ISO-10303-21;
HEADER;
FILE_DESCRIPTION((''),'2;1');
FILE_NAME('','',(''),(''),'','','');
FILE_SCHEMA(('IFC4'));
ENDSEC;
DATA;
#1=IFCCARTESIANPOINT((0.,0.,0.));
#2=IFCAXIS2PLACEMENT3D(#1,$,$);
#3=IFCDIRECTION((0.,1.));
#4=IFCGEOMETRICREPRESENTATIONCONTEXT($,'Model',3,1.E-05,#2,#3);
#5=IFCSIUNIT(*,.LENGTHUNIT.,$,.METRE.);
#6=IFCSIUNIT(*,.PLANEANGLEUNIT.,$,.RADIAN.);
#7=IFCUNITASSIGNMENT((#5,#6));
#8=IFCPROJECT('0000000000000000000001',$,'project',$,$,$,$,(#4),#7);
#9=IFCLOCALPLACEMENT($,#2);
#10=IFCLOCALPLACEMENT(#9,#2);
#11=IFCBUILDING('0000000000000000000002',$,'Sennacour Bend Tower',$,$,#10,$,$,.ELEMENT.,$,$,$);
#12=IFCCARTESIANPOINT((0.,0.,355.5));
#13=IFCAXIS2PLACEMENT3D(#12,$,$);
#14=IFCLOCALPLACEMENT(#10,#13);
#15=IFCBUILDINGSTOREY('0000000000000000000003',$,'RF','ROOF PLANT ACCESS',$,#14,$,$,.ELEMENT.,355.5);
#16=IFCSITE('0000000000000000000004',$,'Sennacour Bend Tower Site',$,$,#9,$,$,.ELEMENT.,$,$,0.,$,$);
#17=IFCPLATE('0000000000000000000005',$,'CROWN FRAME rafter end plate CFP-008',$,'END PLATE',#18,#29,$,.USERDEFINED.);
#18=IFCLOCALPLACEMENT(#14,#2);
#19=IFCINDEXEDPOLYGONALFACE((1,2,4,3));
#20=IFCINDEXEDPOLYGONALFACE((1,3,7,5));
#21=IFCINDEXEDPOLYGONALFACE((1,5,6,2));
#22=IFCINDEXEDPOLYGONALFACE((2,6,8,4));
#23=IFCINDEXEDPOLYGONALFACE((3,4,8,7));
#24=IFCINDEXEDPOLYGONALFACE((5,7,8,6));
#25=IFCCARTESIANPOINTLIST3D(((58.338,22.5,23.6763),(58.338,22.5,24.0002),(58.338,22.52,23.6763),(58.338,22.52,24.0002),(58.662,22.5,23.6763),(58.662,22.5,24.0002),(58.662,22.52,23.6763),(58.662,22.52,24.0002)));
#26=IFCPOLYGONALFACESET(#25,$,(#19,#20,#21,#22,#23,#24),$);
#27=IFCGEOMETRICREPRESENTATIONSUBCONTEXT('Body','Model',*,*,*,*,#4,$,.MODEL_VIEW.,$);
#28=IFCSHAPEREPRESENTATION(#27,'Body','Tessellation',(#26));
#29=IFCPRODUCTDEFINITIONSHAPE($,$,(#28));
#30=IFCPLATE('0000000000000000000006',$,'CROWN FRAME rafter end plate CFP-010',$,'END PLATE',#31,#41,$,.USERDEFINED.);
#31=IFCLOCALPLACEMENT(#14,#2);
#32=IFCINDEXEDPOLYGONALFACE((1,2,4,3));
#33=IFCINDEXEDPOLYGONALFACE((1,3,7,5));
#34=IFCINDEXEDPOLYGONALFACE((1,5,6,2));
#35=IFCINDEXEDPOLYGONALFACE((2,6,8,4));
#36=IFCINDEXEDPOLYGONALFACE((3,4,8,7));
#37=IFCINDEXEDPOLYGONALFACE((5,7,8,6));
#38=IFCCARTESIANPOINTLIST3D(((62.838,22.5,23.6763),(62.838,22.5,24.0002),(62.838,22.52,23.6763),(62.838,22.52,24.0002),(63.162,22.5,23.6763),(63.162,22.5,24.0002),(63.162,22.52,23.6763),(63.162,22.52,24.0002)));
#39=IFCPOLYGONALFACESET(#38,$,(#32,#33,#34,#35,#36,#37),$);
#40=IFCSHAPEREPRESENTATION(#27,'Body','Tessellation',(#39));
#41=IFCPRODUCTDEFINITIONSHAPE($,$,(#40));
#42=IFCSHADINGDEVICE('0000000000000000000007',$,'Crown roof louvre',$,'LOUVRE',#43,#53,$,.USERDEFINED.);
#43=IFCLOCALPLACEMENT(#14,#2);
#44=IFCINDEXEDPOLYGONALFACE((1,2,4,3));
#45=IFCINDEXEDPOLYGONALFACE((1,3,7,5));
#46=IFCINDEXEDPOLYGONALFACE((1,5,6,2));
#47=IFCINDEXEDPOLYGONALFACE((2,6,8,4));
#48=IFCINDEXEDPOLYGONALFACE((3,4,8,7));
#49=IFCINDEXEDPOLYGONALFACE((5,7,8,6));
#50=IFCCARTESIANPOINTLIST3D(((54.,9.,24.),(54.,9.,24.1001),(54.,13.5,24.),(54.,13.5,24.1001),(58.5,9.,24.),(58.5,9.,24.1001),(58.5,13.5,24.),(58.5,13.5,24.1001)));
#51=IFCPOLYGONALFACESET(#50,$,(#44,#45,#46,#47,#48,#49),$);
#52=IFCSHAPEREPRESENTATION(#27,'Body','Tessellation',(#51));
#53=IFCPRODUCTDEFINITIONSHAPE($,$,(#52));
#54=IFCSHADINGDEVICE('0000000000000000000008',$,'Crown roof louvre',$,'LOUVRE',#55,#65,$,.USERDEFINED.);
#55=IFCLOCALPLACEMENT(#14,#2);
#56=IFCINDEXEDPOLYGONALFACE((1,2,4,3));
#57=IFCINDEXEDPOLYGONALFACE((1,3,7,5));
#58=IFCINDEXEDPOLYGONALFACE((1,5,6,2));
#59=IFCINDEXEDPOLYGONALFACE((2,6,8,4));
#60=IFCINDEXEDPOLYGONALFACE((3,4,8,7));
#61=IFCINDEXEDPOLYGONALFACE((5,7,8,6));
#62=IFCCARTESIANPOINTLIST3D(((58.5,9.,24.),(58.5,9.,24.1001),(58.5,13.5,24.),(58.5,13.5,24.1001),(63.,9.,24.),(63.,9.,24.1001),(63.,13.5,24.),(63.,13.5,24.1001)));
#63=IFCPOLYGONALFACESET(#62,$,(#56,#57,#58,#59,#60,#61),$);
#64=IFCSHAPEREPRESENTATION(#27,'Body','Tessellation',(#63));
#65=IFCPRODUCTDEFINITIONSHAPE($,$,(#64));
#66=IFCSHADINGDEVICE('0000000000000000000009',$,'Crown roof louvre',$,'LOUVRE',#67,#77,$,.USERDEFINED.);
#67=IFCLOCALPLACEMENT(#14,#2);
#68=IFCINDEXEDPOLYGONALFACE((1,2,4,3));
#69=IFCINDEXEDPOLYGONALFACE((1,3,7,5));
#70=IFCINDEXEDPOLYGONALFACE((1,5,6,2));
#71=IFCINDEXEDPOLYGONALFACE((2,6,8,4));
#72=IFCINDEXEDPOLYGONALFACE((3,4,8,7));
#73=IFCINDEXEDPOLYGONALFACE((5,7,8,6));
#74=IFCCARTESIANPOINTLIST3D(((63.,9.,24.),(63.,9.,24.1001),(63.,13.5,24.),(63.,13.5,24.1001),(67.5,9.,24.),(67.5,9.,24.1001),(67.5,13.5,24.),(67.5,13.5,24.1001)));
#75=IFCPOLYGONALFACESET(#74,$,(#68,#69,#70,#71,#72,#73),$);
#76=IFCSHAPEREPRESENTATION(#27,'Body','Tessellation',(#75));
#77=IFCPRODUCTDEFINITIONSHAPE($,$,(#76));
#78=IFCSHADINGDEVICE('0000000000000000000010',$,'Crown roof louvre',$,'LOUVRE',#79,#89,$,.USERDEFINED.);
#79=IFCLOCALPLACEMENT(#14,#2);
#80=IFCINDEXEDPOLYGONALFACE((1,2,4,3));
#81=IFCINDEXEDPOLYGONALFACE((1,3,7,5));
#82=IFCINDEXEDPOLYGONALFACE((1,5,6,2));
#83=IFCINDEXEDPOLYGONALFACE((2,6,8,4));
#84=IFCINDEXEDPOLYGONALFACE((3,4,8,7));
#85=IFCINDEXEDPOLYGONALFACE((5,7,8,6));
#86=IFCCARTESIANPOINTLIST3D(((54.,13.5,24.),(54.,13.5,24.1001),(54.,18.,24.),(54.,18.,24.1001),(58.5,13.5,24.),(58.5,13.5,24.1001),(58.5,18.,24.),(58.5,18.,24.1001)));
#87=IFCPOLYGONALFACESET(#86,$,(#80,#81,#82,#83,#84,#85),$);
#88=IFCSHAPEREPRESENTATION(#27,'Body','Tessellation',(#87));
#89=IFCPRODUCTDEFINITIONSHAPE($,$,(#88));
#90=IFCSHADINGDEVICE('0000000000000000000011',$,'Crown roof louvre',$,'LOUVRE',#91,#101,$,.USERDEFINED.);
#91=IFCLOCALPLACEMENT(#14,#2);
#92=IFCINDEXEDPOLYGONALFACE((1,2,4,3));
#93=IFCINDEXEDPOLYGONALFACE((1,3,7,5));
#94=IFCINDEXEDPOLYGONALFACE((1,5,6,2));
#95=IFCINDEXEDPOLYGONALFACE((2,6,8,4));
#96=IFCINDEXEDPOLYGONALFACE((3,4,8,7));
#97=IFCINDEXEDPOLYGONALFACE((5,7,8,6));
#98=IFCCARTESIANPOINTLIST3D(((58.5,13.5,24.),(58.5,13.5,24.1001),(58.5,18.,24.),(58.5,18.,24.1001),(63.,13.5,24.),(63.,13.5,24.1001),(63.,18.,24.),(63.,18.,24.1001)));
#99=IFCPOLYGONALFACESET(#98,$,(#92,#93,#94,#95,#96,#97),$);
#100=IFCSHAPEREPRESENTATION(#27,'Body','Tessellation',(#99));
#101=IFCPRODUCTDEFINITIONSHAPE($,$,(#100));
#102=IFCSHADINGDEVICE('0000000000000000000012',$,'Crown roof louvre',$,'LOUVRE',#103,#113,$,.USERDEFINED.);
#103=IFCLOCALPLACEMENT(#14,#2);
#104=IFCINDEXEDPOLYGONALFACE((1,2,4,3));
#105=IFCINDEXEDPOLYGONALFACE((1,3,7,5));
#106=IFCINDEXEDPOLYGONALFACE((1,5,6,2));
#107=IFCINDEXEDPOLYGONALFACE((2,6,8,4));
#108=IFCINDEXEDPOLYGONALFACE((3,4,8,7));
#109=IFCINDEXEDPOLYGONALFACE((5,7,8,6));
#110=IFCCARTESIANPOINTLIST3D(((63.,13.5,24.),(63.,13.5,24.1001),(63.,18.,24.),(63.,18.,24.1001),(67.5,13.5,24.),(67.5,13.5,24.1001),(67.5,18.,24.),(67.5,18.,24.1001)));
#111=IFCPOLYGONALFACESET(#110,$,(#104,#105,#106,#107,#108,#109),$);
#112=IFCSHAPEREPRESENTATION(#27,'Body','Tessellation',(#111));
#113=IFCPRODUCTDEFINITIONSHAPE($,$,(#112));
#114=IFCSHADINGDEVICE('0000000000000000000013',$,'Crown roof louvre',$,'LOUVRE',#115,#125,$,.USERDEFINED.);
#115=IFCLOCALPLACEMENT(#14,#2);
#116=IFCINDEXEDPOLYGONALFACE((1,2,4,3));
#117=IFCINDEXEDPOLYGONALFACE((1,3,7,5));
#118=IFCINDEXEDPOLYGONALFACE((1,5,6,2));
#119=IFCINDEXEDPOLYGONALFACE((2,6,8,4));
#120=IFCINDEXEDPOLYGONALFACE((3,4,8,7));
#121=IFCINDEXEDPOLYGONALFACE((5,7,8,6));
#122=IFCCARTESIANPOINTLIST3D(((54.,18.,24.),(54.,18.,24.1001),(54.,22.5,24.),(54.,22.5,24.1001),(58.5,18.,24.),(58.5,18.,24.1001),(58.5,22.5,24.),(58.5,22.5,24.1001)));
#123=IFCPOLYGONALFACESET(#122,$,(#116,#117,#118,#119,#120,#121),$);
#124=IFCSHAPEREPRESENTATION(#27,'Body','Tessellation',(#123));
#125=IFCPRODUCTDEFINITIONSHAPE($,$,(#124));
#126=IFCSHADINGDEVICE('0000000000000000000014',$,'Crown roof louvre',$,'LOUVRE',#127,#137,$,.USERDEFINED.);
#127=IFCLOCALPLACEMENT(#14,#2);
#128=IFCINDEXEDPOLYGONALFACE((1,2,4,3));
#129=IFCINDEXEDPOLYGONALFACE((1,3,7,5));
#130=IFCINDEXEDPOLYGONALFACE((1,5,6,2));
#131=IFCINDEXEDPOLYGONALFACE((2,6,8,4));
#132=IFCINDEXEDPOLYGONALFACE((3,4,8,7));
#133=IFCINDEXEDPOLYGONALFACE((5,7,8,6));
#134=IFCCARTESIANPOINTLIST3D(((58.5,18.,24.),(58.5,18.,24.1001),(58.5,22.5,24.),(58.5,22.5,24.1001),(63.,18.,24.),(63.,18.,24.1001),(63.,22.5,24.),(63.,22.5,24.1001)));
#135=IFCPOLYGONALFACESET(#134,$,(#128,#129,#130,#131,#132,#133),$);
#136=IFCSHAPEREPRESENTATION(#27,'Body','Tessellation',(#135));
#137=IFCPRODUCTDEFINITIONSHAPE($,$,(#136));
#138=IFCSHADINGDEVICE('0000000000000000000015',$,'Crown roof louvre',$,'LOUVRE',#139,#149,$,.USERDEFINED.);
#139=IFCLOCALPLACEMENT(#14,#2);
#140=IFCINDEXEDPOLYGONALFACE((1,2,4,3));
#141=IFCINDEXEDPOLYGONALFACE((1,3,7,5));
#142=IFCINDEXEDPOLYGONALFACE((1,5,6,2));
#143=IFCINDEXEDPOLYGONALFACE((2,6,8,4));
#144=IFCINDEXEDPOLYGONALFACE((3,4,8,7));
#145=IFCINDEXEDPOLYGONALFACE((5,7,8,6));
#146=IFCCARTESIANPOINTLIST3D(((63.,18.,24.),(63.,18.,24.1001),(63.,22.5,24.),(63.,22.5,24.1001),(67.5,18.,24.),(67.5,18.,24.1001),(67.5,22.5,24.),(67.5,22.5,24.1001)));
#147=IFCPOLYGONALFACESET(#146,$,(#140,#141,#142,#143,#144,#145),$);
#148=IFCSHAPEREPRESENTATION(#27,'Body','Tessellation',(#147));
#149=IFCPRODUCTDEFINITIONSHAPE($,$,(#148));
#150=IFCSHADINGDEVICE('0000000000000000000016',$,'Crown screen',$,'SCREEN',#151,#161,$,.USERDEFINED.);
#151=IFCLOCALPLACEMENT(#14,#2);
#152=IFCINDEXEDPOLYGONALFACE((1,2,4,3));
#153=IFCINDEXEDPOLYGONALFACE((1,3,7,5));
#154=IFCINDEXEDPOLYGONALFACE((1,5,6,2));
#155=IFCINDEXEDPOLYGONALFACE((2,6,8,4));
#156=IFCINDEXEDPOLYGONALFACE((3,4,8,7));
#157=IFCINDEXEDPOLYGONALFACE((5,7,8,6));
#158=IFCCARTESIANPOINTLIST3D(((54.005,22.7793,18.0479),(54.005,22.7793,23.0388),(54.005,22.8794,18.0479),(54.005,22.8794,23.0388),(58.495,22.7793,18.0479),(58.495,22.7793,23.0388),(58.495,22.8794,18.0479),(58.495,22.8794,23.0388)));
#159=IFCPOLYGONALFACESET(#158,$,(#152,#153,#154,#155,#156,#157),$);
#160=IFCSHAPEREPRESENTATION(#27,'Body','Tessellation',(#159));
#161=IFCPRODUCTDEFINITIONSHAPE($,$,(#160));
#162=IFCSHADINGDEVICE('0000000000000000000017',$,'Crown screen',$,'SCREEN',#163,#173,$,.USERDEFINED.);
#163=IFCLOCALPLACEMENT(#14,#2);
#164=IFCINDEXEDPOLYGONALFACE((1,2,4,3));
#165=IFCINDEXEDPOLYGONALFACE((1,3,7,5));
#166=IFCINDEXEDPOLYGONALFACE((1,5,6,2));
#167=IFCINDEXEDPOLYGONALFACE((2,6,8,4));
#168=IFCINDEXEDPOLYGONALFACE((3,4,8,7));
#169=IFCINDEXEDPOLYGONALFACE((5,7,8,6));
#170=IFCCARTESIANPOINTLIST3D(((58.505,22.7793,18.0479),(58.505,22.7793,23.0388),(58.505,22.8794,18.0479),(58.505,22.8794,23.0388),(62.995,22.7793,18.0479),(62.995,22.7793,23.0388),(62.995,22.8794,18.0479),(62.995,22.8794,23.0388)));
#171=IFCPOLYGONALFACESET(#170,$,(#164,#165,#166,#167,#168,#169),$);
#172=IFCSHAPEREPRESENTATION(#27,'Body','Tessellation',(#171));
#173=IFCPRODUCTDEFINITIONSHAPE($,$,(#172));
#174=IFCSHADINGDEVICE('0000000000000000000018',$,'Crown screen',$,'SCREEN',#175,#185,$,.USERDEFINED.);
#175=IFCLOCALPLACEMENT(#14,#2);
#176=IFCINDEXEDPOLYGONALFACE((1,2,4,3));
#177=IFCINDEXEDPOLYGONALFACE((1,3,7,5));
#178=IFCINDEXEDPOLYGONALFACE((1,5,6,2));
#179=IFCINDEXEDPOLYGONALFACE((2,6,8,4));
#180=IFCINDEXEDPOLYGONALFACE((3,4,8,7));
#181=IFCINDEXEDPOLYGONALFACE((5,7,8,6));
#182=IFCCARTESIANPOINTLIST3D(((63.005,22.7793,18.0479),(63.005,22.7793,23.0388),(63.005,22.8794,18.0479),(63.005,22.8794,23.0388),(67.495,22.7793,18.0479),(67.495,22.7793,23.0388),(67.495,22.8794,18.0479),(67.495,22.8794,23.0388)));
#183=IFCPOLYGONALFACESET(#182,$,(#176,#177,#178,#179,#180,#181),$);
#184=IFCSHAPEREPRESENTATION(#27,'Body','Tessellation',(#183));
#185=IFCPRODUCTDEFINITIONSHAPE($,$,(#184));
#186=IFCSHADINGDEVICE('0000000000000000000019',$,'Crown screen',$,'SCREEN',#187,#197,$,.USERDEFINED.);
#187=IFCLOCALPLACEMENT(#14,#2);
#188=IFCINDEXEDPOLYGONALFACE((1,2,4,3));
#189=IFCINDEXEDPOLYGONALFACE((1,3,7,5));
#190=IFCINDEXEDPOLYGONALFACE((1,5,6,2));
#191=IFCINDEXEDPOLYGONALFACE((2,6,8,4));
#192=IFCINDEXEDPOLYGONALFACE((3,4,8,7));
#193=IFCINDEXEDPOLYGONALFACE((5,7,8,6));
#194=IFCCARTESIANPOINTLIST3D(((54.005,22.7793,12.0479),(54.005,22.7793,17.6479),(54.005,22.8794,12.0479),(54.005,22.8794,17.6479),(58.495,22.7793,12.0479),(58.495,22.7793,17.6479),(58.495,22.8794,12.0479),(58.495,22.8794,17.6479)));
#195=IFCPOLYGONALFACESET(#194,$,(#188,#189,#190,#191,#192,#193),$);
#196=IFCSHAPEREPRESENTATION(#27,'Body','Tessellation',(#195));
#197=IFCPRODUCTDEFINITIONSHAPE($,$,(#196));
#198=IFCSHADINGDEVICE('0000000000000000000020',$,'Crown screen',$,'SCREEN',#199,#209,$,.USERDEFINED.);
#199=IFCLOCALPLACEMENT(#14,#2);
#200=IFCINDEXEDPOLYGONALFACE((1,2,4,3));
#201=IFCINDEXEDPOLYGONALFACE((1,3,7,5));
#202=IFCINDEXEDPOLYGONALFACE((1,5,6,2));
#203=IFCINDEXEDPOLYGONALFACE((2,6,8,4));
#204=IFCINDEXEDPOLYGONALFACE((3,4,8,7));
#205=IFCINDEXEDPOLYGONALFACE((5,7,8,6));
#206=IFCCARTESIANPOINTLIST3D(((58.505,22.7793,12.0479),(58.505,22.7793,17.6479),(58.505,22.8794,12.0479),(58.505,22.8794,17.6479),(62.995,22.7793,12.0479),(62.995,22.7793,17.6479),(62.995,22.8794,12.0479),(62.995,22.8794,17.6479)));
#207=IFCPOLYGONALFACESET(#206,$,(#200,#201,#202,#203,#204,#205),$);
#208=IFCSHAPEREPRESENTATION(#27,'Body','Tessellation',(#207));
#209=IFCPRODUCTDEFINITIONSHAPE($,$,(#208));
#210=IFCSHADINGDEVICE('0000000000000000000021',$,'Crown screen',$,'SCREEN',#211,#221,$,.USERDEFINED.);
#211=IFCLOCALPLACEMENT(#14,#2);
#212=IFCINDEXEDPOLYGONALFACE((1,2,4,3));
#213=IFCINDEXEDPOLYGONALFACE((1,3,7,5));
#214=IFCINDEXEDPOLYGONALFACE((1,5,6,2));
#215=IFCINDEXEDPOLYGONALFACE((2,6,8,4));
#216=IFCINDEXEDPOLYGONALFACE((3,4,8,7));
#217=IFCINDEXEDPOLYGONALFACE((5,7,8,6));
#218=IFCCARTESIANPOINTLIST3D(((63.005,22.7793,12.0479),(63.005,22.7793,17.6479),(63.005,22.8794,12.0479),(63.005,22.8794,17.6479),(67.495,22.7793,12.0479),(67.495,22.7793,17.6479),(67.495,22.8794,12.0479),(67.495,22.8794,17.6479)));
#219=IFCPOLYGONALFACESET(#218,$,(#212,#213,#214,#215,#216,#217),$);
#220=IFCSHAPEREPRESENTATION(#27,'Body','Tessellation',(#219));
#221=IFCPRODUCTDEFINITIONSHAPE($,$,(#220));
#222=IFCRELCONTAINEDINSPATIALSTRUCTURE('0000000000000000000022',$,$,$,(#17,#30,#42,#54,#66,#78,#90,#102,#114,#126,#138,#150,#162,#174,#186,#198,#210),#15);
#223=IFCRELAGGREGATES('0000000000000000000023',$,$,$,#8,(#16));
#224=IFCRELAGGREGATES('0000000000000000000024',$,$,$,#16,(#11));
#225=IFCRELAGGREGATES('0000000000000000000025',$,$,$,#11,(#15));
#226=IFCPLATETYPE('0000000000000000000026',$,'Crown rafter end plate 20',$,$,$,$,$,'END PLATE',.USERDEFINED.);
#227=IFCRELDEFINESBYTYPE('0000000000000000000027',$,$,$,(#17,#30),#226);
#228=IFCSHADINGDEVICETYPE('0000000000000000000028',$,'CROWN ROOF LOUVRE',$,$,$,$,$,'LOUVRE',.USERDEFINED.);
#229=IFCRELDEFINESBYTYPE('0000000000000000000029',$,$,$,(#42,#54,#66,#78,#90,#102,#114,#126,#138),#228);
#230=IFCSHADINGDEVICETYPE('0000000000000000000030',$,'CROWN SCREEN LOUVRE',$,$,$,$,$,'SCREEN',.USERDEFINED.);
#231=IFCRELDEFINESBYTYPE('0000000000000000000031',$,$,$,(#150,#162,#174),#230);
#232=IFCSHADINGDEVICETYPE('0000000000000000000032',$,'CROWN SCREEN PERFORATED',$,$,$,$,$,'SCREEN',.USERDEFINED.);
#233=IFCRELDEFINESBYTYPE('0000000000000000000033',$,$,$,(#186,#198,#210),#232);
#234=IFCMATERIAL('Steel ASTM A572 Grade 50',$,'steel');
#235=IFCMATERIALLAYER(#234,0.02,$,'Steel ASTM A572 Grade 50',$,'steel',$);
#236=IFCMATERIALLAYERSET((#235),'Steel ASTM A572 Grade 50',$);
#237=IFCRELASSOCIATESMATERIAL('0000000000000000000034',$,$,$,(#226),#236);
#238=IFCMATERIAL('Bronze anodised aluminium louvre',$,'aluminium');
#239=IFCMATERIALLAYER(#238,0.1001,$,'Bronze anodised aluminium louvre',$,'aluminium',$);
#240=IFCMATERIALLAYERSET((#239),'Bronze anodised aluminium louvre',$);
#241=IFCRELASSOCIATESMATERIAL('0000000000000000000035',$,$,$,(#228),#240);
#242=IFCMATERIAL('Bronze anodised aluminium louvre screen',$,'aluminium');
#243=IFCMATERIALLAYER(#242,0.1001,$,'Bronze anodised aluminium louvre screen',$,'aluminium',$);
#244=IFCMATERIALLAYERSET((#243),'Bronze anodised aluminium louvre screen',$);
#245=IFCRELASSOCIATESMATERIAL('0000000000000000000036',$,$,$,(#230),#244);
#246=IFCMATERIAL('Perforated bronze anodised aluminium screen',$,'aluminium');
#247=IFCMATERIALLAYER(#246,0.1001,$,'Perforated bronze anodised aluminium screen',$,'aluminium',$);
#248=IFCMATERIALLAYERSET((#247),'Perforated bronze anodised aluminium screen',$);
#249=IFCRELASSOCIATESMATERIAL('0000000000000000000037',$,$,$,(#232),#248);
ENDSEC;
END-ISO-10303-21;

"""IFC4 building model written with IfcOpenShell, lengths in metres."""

from ifc_helpers import new_model, si_unit, direction, frame, origin, origin_2d, place, context, subcontext, project, spatial, rectangle, extrude, material, layer, layer_set, type_object, element, save


model = new_model("IFC4")

# Units and contexts
model_context = context("Model", 3, precision=1e-05, world=origin(), true_north=direction((0.0, 1.0)))
body_context = subcontext(model_context, "Body", "Model", "MODEL_VIEW")
ifc_project = project(units=[si_unit("LENGTHUNIT", "METRE"), si_unit("PLANEANGLEUNIT", "RADIAN")], contexts=[model_context])

# Site, building, storey
site_placement = place(None, origin())
site = spatial("IfcSite", under=ifc_project, at=site_placement, Name="Sennacour Bend Tower Site", CompositionType="ELEMENT", RefElevation=0.0)
building_placement = place(site_placement, origin())
building = spatial("IfcBuilding", under=site, at=building_placement, Name="Sennacour Bend Tower", CompositionType="ELEMENT")
storey_placement = place(building_placement, frame((0.0, 0.0, 355.5)))
storey = spatial("IfcBuildingStorey", under=building, at=storey_placement, Name="RF", Description="ROOF PLANT ACCESS", CompositionType="ELEMENT", Elevation=355.5)

# Plates
ifc_material_1 = material(Name="Steel ASTM A572 Grade 50", Category="steel")
ifc_layer_1 = layer(ifc_material_1, 0.02, Name="Steel ASTM A572 Grade 50", Category="steel")
ifc_layer_set_1 = layer_set([ifc_layer_1], Name="Steel ASTM A572 Grade 50")
plate_type = type_object("IfcPlateType", Name="Crown rafter end plate 20", ElementType="END PLATE", PredefinedType="USERDEFINED", material=ifc_layer_set_1)
for number, where, z_axis, x_axis, name in (
    (1, (58.5, 22.51, 23.6763), (0.0, 0.0, 1.0), (1.0, 0.0, 0.0), "CROWN FRAME rafter end plate CFP-008"),
    (2, (63.0, 22.51, 23.6763), (0.0, 0.0, 1.0), (1.0, 0.0, 0.0), "CROWN FRAME rafter end plate CFP-010"),
):
    element("IfcPlate", number, at=place(storey_placement, frame(where, z_axis=z_axis, x_axis=x_axis)), inside=storey, type_object=plate_type, Name=name, ObjectType="END PLATE", PredefinedType="USERDEFINED", context=body_context, shape_type="SweptSolid", body=[
        extrude(rectangle(XDim=0.324, YDim=0.02, at=origin_2d()), origin(), (0.0, 0.0, 1.0), 0.324),
    ])

# Shading devices
ifc_material_2 = material(Name="Bronze anodised aluminium louvre", Category="aluminium")
ifc_layer_2 = layer(ifc_material_2, 0.1001, Name="Bronze anodised aluminium louvre", Category="aluminium")
ifc_layer_set_2 = layer_set([ifc_layer_2], Name="Bronze anodised aluminium louvre")
shading_device_type_1 = type_object("IfcShadingDeviceType", Name="CROWN ROOF LOUVRE", ElementType="LOUVRE", PredefinedType="USERDEFINED", material=ifc_layer_set_2)
for number, where, z_axis, x_axis, name in (
    (3, (56.25, 11.25, 24.0), (0.0, 0.0, 1.0), (1.0, 0.0, 0.0), "Crown roof louvre"),
    (4, (60.75, 11.25, 24.0), (0.0, 0.0, 1.0), (1.0, 0.0, 0.0), "Crown roof louvre"),
    (5, (65.25, 11.25, 24.0), (0.0, 0.0, 1.0), (1.0, 0.0, 0.0), "Crown roof louvre"),
    (6, (56.25, 15.75, 24.0), (0.0, 0.0, 1.0), (1.0, 0.0, 0.0), "Crown roof louvre"),
    (7, (60.75, 15.75, 24.0), (0.0, 0.0, 1.0), (1.0, 0.0, 0.0), "Crown roof louvre"),
    (8, (65.25, 15.75, 24.0), (0.0, 0.0, 1.0), (1.0, 0.0, 0.0), "Crown roof louvre"),
    (9, (56.25, 20.25, 24.0), (0.0, 0.0, 1.0), (1.0, 0.0, 0.0), "Crown roof louvre"),
    (10, (60.75, 20.25, 24.0), (0.0, 0.0, 1.0), (1.0, 0.0, 0.0), "Crown roof louvre"),
    (11, (65.25, 20.25, 24.0), (0.0, 0.0, 1.0), (1.0, 0.0, 0.0), "Crown roof louvre"),
):
    element("IfcShadingDevice", number, at=place(storey_placement, frame(where, z_axis=z_axis, x_axis=x_axis)), inside=storey, type_object=shading_device_type_1, Name=name, ObjectType="LOUVRE", PredefinedType="USERDEFINED", context=body_context, shape_type="SweptSolid", body=[
        extrude(rectangle(XDim=4.5, YDim=4.5, at=origin_2d()), origin(), (0.0, 0.0, 1.0), 0.1001),
    ])
ifc_material_3 = material(Name="Bronze anodised aluminium louvre screen", Category="aluminium")
ifc_layer_3 = layer(ifc_material_3, 0.1001, Name="Bronze anodised aluminium louvre screen", Category="aluminium")
ifc_layer_set_3 = layer_set([ifc_layer_3], Name="Bronze anodised aluminium louvre screen")
shading_device_type_2 = type_object("IfcShadingDeviceType", Name="CROWN SCREEN LOUVRE", ElementType="SCREEN", PredefinedType="USERDEFINED", material=ifc_layer_set_3)
for number, where, z_axis, x_axis, name in (
    (12, (56.25, 22.8293, 18.0479), (0.0, 0.0, 1.0), (1.0, 0.0, 0.0), "Crown screen"),
    (13, (60.75, 22.8293, 18.0479), (0.0, 0.0, 1.0), (1.0, 0.0, 0.0), "Crown screen"),
    (14, (65.25, 22.8293, 18.0479), (0.0, 0.0, 1.0), (1.0, 0.0, 0.0), "Crown screen"),
):
    element("IfcShadingDevice", number, at=place(storey_placement, frame(where, z_axis=z_axis, x_axis=x_axis)), inside=storey, type_object=shading_device_type_2, Name=name, ObjectType="SCREEN", PredefinedType="USERDEFINED", context=body_context, shape_type="SweptSolid", body=[
        extrude(rectangle(XDim=4.49, YDim=0.1001, at=origin_2d()), origin(), (0.0, 0.0, 1.0), 4.991),
    ])
ifc_material_4 = material(Name="Perforated bronze anodised aluminium screen", Category="aluminium")
ifc_layer_4 = layer(ifc_material_4, 0.1001, Name="Perforated bronze anodised aluminium screen", Category="aluminium")
ifc_layer_set_4 = layer_set([ifc_layer_4], Name="Perforated bronze anodised aluminium screen")
shading_device_type_3 = type_object("IfcShadingDeviceType", Name="CROWN SCREEN PERFORATED", ElementType="SCREEN", PredefinedType="USERDEFINED", material=ifc_layer_set_4)
for number, where, z_axis, x_axis, name in (
    (15, (56.25, 22.8293, 12.0479), (0.0, 0.0, 1.0), (1.0, 0.0, 0.0), "Crown screen"),
    (16, (60.75, 22.8293, 12.0479), (0.0, 0.0, 1.0), (1.0, 0.0, 0.0), "Crown screen"),
    (17, (65.25, 22.8293, 12.0479), (0.0, 0.0, 1.0), (1.0, 0.0, 0.0), "Crown screen"),
):
    element("IfcShadingDevice", number, at=place(storey_placement, frame(where, z_axis=z_axis, x_axis=x_axis)), inside=storey, type_object=shading_device_type_3, Name=name, ObjectType="SCREEN", PredefinedType="USERDEFINED", context=body_context, shape_type="SweptSolid", body=[
        extrude(rectangle(XDim=4.49, YDim=0.1001, at=origin_2d()), origin(), (0.0, 0.0, 1.0), 5.6001),
    ])

save(model, "model.ifc")
